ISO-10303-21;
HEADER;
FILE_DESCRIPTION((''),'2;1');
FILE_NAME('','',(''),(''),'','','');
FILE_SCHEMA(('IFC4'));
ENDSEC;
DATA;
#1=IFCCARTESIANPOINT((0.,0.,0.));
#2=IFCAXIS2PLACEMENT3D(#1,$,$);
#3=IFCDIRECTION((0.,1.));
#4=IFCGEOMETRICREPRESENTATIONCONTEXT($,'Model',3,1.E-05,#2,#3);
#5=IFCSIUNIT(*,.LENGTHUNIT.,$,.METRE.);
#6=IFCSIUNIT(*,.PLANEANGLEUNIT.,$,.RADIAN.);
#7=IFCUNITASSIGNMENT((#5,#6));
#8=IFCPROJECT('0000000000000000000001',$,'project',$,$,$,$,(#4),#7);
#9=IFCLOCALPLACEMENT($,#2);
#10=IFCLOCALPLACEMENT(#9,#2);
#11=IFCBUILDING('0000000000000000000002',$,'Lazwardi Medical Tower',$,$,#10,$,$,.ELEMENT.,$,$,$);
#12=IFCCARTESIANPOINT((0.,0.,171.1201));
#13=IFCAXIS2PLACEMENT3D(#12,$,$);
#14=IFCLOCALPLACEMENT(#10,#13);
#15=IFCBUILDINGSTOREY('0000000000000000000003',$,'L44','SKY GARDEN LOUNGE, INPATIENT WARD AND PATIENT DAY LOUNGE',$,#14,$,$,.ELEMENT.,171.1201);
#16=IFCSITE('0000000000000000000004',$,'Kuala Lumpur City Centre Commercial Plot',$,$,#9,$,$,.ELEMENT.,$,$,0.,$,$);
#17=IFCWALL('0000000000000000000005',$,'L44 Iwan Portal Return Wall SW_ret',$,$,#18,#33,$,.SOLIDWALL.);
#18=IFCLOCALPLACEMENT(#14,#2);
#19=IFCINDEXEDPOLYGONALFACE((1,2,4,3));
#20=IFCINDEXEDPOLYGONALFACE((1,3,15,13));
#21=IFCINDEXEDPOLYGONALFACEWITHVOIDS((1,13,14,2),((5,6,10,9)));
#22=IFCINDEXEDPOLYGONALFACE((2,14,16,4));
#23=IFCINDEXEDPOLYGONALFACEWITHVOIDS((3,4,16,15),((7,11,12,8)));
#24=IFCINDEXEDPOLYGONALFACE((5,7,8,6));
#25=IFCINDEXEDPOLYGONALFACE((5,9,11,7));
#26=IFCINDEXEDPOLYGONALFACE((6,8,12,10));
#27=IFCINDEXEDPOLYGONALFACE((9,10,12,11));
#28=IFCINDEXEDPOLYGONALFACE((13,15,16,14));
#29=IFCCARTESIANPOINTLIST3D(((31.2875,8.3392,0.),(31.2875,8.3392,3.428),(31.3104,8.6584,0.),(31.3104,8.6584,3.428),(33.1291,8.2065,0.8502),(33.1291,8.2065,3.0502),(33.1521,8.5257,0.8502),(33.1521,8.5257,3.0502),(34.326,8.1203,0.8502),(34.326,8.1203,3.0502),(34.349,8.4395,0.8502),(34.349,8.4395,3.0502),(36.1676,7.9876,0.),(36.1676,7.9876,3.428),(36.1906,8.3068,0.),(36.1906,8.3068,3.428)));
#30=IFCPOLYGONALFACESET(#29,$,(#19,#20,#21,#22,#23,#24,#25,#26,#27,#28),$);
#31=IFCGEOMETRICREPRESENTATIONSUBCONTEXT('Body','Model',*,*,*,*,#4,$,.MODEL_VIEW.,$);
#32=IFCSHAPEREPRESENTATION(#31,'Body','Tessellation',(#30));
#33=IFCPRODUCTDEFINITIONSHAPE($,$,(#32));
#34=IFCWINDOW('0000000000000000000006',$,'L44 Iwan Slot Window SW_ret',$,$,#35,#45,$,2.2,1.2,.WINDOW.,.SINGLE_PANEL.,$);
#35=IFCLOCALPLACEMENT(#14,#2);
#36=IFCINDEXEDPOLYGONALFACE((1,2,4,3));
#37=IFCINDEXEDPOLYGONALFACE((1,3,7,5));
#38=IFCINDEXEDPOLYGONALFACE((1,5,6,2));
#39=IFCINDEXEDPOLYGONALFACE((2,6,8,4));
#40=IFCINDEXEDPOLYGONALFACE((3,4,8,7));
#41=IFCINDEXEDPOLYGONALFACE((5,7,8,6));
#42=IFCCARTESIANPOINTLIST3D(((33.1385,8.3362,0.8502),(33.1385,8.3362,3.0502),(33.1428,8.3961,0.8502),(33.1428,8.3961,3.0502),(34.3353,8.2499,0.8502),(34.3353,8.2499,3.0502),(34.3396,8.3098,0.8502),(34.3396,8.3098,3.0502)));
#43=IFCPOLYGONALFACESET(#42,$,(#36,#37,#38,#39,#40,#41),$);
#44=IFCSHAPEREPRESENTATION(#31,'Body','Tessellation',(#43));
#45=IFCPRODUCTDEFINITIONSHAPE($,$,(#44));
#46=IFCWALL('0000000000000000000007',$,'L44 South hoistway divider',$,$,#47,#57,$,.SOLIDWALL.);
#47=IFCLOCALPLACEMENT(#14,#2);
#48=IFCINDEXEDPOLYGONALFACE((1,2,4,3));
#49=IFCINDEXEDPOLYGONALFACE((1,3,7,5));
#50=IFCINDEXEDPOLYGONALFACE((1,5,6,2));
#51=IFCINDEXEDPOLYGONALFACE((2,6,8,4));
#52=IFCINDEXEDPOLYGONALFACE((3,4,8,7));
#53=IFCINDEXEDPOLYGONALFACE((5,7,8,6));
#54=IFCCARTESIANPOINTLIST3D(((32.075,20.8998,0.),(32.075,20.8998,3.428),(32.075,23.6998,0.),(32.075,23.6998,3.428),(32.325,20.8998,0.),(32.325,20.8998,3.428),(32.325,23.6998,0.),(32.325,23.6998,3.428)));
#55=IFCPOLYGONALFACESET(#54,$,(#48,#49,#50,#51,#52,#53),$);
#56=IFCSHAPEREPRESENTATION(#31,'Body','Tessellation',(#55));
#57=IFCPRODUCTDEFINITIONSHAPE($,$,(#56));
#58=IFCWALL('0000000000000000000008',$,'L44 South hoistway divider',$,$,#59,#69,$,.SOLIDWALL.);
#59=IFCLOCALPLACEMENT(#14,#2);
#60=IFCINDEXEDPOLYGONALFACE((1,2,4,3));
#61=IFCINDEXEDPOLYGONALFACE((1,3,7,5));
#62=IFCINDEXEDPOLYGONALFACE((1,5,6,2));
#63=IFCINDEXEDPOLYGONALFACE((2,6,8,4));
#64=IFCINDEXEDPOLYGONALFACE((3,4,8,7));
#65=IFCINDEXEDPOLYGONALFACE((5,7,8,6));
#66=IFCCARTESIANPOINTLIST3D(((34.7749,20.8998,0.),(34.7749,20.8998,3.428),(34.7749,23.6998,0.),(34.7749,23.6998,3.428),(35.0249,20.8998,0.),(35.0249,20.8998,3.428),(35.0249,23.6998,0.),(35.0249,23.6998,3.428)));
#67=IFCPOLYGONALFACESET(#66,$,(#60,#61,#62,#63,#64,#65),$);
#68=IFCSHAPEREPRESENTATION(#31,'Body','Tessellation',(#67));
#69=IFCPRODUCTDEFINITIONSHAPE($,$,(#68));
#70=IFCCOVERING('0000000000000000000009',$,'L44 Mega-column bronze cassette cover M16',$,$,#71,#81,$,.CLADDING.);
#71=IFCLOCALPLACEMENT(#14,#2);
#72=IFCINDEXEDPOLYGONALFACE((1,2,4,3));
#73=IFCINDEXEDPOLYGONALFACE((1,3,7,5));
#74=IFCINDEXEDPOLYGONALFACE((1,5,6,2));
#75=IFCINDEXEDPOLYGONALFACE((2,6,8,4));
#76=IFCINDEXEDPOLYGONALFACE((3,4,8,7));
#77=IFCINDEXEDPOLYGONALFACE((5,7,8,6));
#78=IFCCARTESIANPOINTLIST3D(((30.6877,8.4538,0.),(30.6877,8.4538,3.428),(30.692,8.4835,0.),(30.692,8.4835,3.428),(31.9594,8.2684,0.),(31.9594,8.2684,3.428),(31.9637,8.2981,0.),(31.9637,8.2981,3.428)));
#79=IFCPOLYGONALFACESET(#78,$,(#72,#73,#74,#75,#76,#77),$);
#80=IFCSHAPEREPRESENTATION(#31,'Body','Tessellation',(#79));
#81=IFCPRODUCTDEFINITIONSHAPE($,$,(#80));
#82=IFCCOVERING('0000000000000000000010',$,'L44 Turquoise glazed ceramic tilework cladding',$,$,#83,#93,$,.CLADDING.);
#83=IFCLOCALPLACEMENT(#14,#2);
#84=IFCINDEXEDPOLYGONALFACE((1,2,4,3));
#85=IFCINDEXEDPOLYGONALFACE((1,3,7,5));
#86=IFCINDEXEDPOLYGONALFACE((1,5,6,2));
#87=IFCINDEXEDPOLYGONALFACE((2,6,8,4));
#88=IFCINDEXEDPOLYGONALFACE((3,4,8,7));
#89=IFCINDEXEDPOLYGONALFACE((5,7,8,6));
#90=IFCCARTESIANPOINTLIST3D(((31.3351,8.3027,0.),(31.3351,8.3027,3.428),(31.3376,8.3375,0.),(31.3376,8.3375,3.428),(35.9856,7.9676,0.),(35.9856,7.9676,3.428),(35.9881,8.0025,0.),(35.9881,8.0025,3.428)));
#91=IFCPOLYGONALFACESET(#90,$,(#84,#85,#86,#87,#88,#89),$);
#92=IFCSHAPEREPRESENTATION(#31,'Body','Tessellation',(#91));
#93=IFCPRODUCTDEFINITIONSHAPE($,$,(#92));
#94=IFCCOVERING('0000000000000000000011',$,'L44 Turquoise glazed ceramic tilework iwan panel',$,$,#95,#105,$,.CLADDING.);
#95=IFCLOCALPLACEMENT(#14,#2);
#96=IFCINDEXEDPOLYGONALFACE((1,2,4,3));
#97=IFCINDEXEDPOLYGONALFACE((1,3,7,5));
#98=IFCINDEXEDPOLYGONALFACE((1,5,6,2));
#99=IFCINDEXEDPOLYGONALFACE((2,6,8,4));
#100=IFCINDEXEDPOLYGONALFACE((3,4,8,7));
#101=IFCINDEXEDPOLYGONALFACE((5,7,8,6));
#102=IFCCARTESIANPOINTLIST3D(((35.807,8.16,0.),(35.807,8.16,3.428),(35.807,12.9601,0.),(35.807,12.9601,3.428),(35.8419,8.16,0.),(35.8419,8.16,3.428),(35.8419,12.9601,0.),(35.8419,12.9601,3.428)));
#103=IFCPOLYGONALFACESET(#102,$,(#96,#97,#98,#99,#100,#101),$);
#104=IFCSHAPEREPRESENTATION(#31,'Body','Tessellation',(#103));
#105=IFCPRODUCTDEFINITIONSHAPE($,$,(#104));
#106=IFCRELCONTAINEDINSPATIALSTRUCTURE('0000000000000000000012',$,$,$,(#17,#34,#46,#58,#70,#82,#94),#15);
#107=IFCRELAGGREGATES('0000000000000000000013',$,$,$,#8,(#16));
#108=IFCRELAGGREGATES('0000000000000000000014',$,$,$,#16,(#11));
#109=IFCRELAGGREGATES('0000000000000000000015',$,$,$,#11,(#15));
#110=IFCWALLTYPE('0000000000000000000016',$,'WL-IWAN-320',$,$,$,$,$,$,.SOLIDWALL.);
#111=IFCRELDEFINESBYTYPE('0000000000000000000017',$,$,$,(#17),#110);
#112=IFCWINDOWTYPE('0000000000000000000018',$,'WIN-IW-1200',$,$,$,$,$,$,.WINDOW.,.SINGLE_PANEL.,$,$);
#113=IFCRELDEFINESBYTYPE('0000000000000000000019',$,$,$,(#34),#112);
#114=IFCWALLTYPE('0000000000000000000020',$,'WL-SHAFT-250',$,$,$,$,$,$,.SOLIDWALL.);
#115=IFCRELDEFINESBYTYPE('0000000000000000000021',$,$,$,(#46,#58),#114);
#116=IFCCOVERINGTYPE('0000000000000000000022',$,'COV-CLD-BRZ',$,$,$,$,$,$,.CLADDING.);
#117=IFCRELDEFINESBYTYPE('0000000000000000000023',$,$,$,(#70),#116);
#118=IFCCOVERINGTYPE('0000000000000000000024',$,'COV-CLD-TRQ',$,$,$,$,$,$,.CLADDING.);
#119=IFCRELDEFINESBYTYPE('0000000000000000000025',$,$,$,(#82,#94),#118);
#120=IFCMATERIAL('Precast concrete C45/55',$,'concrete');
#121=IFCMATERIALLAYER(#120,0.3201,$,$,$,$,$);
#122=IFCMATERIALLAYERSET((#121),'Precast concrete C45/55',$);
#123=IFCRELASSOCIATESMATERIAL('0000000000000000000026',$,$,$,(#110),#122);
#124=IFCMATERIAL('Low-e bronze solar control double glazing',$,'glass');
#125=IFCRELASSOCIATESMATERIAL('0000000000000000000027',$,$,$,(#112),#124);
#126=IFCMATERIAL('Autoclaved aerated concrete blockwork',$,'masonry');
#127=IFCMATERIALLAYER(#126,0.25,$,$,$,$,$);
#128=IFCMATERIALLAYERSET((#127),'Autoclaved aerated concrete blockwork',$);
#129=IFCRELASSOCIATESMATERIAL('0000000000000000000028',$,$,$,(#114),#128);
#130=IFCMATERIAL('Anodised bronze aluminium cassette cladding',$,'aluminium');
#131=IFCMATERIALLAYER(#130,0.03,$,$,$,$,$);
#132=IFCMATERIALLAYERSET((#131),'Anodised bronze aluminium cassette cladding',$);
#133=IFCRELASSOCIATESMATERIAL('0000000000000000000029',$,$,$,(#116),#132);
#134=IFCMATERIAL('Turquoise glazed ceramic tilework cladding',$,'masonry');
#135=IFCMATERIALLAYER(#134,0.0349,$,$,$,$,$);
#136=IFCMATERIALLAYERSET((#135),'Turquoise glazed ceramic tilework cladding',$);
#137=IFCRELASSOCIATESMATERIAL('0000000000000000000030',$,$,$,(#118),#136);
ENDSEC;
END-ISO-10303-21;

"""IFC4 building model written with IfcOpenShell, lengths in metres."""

from ifc_helpers import new_model, si_unit, direction, frame, frame_2d, origin, origin_2d, place, context, subcontext, project, spatial, rectangle, extrude, material, layer, layer_set, type_object, element, fill, save


model = new_model("IFC4")

# Units and contexts
model_context = context("Model", 3, precision=1e-05, world=origin(), true_north=direction((0.0, 1.0)))
body_context = subcontext(model_context, "Body", "Model", "MODEL_VIEW")
ifc_project = project(units=[si_unit("LENGTHUNIT", "METRE"), si_unit("PLANEANGLEUNIT", "RADIAN")], contexts=[model_context])

# Site, building, storey
site_placement = place(None, origin())
site = spatial("IfcSite", under=ifc_project, at=site_placement, Name="Kuala Lumpur City Centre Commercial Plot", CompositionType="ELEMENT", RefElevation=0.0)
building_placement = place(site_placement, origin())
building = spatial("IfcBuilding", under=site, at=building_placement, Name="Lazwardi Medical Tower", CompositionType="ELEMENT")
storey_placement = place(building_placement, frame((0.0, 0.0, 171.1201)))
storey = spatial("IfcBuildingStorey", under=building, at=storey_placement, Name="L44", Description="SKY GARDEN LOUNGE, INPATIENT WARD AND PATIENT DAY LOUNGE", CompositionType="ELEMENT", Elevation=171.1201)

# Shared definitions
ifc_material_1 = material(Name="Low-e bronze solar control double glazing", Category="glass")

# Wall, opening, window
ifc_material_2 = material(Name="Precast concrete C45/55", Category="concrete")
ifc_layer_1 = layer(ifc_material_2, 0.3201)
ifc_layer_set_1 = layer_set([ifc_layer_1], Name="Precast concrete C45/55")
wall_type_1 = type_object("IfcWallType", Name="WL-IWAN-320", PredefinedType="SOLIDWALL", material=ifc_layer_set_1)
wall_1_placement = place(storey_placement, frame((31.2991, 8.4988, 0.0), z_axis=(0.0, 0.0, 1.0), x_axis=(0.997415, -0.071853, 0.0)))
wall_1 = element("IfcWall", 1, at=wall_1_placement, inside=storey, type_object=wall_type_1, Name="L44 Iwan Portal Return Wall SW_ret", PredefinedType="SOLIDWALL", context=body_context, shape_type="SweptSolid", body=[
    extrude(rectangle(XDim=4.8928, YDim=0.3201, at=frame_2d((2.4463, 0.0))), origin(), (0.0, 0.0, 1.0), 3.428),
])
opening_1_placement = place(wall_1_placement, frame((1.8462, 0.0, 0.8501)))
opening_1 = element("IfcOpeningElement", 2, at=opening_1_placement, cuts=wall_1, PredefinedType="OPENING", context=body_context, shape_type="SweptSolid", body=[
    extrude(rectangle(XDim=1.2, YDim=2.2, at=frame_2d((0.6001, 1.1001))), frame((0.0, 0.1699, 0.0), z_axis=(0.0, -1.0, 0.0), x_axis=(1.0, 0.0, 0.0)), (0.0, 0.0, 1.0), 0.3401),
])
window_type_1 = type_object("IfcWindowType", Name="WIN-IW-1200", PartitioningType="SINGLE_PANEL", PredefinedType="WINDOW", material=ifc_material_1)
window_1_placement = place(opening_1_placement, origin())
window_1 = element("IfcWindow", 3, at=window_1_placement, inside=storey, type_object=window_type_1, Name="L44 Iwan Slot Window SW_ret", OverallHeight=2.2, OverallWidth=1.2, PartitioningType="SINGLE_PANEL", PredefinedType="WINDOW", context=body_context, shape_type="SweptSolid", body=[
    extrude(rectangle(XDim=1.2, YDim=2.2, at=frame_2d((0.6001, 1.1001))), frame((0.0, 0.03, 0.0), z_axis=(0.0, -1.0, 0.0), x_axis=(1.0, 0.0, 0.0)), (0.0, 0.0, 1.0), 0.0601),
])
fill(opening_1, window_1)

# Walls
ifc_material_3 = material(Name="Autoclaved aerated concrete blockwork", Category="masonry")
ifc_layer_2 = layer(ifc_material_3, 0.25)
ifc_layer_set_2 = layer_set([ifc_layer_2], Name="Autoclaved aerated concrete blockwork")
wall_type_2 = type_object("IfcWallType", Name="WL-SHAFT-250", PredefinedType="SOLIDWALL", material=ifc_layer_set_2)
for number, where, z_axis, x_axis, name in (
    (4, (32.2, 20.8999, 0.0), (0.0, 0.0, 1.0), (0.0, 1.0, 0.0), "L44 South hoistway divider"),
    (5, (34.8999, 20.8999, 0.0), (0.0, 0.0, 1.0), (0.0, 1.0, 0.0), "L44 South hoistway divider"),
):
    element("IfcWall", number, at=place(storey_placement, frame(where, z_axis=z_axis, x_axis=x_axis)), inside=storey, type_object=wall_type_2, Name=name, PredefinedType="SOLIDWALL", context=body_context, shape_type="SweptSolid", body=[
        extrude(rectangle(XDim=2.8, YDim=0.25, at=frame_2d((1.3999, 0.0))), origin(), (0.0, 0.0, 1.0), 3.428),
    ])

# Coverings
ifc_material_4 = material(Name="Anodised bronze aluminium cassette cladding", Category="aluminium")
ifc_layer_3 = layer(ifc_material_4, 0.03)
ifc_layer_set_3 = layer_set([ifc_layer_3], Name="Anodised bronze aluminium cassette cladding")
covering_type_1 = type_object("IfcCoveringType", Name="COV-CLD-BRZ", PredefinedType="CLADDING", material=ifc_layer_set_3)
covering_1_placement = place(storey_placement, frame((31.3257, 8.376, 0.0), z_axis=(0.0, 0.0, 1.0), x_axis=(0.989539, -0.144265, 0.0)))
element("IfcCovering", 6, at=covering_1_placement, inside=storey, type_object=covering_type_1, Name="L44 Mega-column bronze cassette cover M16", PredefinedType="CLADDING", context=body_context, shape_type="SweptSolid", body=[
    extrude(rectangle(XDim=1.2852, YDim=0.03, at=origin_2d()), origin(), (0.0, 0.0, 1.0), 3.428),
])
ifc_material_5 = material(Name="Turquoise glazed ceramic tilework cladding", Category="masonry")
ifc_layer_4 = layer(ifc_material_5, 0.0349)
ifc_layer_set_4 = layer_set([ifc_layer_4], Name="Turquoise glazed ceramic tilework cladding")
covering_type_2 = type_object("IfcCoveringType", Name="COV-CLD-TRQ", PredefinedType="CLADDING", material=ifc_layer_set_4)
covering_2_placement = place(storey_placement, frame((33.6616, 8.1526, 0.0), z_axis=(0.0, 0.0, 1.0), x_axis=(0.997414, -0.071868, 0.0)))
element("IfcCovering", 7, at=covering_2_placement, inside=storey, type_object=covering_type_2, Name="L44 Turquoise glazed ceramic tilework cladding", PredefinedType="CLADDING", context=body_context, shape_type="SweptSolid", body=[
    extrude(rectangle(XDim=4.6626, YDim=0.0349, at=origin_2d()), origin(), (0.0, 0.0, 1.0), 3.428),
])
covering_3_placement = place(storey_placement, frame((35.8245, 10.5601, 0.0), z_axis=(0.0, 0.0, 1.0), x_axis=(0.0, 1.0, 0.0)))
element("IfcCovering", 8, at=covering_3_placement, inside=storey, type_object=covering_type_2, Name="L44 Turquoise glazed ceramic tilework iwan panel", PredefinedType="CLADDING", context=body_context, shape_type="SweptSolid", body=[
    extrude(rectangle(XDim=4.8, YDim=0.0349, at=origin_2d()), origin(), (0.0, 0.0, 1.0), 3.428),
])

save(model, "model.ifc")
